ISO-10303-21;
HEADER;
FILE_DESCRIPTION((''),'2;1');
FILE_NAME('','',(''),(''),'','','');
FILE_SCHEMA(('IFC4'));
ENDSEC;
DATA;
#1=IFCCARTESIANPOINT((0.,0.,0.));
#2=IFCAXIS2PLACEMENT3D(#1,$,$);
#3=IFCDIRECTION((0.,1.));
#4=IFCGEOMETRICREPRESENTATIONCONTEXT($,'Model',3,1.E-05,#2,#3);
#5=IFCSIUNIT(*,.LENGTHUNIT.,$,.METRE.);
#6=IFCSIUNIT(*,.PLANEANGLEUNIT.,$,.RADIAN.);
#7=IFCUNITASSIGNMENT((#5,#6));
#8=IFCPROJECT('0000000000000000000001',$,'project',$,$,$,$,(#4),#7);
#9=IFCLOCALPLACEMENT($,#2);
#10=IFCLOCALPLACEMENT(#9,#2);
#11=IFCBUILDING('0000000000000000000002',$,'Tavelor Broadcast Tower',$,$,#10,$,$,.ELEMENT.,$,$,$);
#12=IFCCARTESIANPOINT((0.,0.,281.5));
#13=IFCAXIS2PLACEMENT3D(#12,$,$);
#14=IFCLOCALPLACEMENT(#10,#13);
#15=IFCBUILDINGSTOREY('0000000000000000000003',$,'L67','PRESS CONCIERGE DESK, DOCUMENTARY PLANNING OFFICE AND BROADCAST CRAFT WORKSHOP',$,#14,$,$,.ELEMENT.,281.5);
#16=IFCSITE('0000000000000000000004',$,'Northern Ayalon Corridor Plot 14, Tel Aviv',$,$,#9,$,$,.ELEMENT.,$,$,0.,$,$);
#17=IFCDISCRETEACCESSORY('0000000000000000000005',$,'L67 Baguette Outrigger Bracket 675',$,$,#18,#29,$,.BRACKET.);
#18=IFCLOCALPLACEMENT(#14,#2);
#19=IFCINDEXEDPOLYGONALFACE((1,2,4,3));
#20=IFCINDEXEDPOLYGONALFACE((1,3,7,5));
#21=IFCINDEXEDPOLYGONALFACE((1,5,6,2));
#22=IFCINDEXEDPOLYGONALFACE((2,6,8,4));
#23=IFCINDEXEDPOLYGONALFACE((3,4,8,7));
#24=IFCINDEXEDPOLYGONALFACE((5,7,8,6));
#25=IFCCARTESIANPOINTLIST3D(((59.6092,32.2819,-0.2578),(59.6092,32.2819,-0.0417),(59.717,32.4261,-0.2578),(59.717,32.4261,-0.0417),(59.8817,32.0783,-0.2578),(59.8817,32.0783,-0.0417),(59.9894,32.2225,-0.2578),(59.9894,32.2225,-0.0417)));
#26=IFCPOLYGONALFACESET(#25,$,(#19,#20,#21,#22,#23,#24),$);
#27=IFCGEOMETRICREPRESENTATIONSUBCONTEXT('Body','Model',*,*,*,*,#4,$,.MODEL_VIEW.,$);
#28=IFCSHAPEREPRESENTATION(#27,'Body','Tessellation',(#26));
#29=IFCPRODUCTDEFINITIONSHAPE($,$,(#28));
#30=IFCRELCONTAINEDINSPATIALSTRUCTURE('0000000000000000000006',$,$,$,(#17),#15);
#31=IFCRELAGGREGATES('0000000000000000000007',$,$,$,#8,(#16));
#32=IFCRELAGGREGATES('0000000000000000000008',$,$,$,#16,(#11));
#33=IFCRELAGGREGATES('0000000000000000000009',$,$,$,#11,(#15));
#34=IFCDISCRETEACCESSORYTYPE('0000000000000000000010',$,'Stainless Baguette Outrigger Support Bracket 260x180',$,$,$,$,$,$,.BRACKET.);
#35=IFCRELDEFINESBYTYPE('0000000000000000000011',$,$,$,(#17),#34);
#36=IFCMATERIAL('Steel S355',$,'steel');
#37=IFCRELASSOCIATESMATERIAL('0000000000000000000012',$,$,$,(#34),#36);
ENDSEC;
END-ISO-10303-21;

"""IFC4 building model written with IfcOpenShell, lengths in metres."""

from ifc_helpers import new_model, si_unit, direction, frame, origin, origin_2d, place, context, subcontext, project, spatial, rectangle, extrude, source, transform, mapped, material, type_object, type_shapes, element, save


model = new_model("IFC4")

# Units and contexts
model_context = context("Model", 3, precision=1e-05, world=origin(), true_north=direction((0.0, 1.0)))
body_context = subcontext(model_context, "Body", "Model", "MODEL_VIEW")
ifc_project = project(units=[si_unit("LENGTHUNIT", "METRE"), si_unit("PLANEANGLEUNIT", "RADIAN")], contexts=[model_context])

# Site, building, storey
site_placement = place(None, origin())
site = spatial("IfcSite", under=ifc_project, at=site_placement, Name="Northern Ayalon Corridor Plot 14, Tel Aviv", CompositionType="ELEMENT", RefElevation=0.0)
building_placement = place(site_placement, origin())
building = spatial("IfcBuilding", under=site, at=building_placement, Name="Tavelor Broadcast Tower", CompositionType="ELEMENT")
storey_placement = place(building_placement, frame((0.0, 0.0, 281.5)))
storey = spatial("IfcBuildingStorey", under=building, at=storey_placement, Name="L67", Description="PRESS CONCIERGE DESK, DOCUMENTARY PLANNING OFFICE AND BROADCAST CRAFT WORKSHOP", CompositionType="ELEMENT", Elevation=281.5)

# Shared definitions
ifc_material_1 = material(Name="Steel S355", Category="steel")

# Discrete accessory
discrete_accessory_type = type_object("IfcDiscreteAccessoryType", Name="Stainless Baguette Outrigger Support Bracket 260x180", PredefinedType="BRACKET", material=ifc_material_1)
shared_shape_1 = source(origin(), body_context, "Body", "SweptSolid", [
    extrude(rectangle(XDim=0.1799, YDim=0.3401, at=origin_2d()), origin(), (0.0, 0.0, 1.0), 0.2161),
])
type_shapes(discrete_accessory_type, [shared_shape_1])
discrete_accessory_placement = place(storey_placement, frame((59.7993, 32.2522, -0.2578), z_axis=(0.0, 0.0, 1.0), x_axis=(0.598604, 0.801045, 0.0)))
element("IfcDiscreteAccessory", 1, at=discrete_accessory_placement, inside=storey, type_object=discrete_accessory_type, Name="L67 Baguette Outrigger Bracket 675", PredefinedType="BRACKET", context=body_context, shape_type="MappedRepresentation", body=[
    mapped(shared_shape_1, transform((0.0, 0.0, 0.0), scale=1.0)),
])

save(model, "model.ifc")
